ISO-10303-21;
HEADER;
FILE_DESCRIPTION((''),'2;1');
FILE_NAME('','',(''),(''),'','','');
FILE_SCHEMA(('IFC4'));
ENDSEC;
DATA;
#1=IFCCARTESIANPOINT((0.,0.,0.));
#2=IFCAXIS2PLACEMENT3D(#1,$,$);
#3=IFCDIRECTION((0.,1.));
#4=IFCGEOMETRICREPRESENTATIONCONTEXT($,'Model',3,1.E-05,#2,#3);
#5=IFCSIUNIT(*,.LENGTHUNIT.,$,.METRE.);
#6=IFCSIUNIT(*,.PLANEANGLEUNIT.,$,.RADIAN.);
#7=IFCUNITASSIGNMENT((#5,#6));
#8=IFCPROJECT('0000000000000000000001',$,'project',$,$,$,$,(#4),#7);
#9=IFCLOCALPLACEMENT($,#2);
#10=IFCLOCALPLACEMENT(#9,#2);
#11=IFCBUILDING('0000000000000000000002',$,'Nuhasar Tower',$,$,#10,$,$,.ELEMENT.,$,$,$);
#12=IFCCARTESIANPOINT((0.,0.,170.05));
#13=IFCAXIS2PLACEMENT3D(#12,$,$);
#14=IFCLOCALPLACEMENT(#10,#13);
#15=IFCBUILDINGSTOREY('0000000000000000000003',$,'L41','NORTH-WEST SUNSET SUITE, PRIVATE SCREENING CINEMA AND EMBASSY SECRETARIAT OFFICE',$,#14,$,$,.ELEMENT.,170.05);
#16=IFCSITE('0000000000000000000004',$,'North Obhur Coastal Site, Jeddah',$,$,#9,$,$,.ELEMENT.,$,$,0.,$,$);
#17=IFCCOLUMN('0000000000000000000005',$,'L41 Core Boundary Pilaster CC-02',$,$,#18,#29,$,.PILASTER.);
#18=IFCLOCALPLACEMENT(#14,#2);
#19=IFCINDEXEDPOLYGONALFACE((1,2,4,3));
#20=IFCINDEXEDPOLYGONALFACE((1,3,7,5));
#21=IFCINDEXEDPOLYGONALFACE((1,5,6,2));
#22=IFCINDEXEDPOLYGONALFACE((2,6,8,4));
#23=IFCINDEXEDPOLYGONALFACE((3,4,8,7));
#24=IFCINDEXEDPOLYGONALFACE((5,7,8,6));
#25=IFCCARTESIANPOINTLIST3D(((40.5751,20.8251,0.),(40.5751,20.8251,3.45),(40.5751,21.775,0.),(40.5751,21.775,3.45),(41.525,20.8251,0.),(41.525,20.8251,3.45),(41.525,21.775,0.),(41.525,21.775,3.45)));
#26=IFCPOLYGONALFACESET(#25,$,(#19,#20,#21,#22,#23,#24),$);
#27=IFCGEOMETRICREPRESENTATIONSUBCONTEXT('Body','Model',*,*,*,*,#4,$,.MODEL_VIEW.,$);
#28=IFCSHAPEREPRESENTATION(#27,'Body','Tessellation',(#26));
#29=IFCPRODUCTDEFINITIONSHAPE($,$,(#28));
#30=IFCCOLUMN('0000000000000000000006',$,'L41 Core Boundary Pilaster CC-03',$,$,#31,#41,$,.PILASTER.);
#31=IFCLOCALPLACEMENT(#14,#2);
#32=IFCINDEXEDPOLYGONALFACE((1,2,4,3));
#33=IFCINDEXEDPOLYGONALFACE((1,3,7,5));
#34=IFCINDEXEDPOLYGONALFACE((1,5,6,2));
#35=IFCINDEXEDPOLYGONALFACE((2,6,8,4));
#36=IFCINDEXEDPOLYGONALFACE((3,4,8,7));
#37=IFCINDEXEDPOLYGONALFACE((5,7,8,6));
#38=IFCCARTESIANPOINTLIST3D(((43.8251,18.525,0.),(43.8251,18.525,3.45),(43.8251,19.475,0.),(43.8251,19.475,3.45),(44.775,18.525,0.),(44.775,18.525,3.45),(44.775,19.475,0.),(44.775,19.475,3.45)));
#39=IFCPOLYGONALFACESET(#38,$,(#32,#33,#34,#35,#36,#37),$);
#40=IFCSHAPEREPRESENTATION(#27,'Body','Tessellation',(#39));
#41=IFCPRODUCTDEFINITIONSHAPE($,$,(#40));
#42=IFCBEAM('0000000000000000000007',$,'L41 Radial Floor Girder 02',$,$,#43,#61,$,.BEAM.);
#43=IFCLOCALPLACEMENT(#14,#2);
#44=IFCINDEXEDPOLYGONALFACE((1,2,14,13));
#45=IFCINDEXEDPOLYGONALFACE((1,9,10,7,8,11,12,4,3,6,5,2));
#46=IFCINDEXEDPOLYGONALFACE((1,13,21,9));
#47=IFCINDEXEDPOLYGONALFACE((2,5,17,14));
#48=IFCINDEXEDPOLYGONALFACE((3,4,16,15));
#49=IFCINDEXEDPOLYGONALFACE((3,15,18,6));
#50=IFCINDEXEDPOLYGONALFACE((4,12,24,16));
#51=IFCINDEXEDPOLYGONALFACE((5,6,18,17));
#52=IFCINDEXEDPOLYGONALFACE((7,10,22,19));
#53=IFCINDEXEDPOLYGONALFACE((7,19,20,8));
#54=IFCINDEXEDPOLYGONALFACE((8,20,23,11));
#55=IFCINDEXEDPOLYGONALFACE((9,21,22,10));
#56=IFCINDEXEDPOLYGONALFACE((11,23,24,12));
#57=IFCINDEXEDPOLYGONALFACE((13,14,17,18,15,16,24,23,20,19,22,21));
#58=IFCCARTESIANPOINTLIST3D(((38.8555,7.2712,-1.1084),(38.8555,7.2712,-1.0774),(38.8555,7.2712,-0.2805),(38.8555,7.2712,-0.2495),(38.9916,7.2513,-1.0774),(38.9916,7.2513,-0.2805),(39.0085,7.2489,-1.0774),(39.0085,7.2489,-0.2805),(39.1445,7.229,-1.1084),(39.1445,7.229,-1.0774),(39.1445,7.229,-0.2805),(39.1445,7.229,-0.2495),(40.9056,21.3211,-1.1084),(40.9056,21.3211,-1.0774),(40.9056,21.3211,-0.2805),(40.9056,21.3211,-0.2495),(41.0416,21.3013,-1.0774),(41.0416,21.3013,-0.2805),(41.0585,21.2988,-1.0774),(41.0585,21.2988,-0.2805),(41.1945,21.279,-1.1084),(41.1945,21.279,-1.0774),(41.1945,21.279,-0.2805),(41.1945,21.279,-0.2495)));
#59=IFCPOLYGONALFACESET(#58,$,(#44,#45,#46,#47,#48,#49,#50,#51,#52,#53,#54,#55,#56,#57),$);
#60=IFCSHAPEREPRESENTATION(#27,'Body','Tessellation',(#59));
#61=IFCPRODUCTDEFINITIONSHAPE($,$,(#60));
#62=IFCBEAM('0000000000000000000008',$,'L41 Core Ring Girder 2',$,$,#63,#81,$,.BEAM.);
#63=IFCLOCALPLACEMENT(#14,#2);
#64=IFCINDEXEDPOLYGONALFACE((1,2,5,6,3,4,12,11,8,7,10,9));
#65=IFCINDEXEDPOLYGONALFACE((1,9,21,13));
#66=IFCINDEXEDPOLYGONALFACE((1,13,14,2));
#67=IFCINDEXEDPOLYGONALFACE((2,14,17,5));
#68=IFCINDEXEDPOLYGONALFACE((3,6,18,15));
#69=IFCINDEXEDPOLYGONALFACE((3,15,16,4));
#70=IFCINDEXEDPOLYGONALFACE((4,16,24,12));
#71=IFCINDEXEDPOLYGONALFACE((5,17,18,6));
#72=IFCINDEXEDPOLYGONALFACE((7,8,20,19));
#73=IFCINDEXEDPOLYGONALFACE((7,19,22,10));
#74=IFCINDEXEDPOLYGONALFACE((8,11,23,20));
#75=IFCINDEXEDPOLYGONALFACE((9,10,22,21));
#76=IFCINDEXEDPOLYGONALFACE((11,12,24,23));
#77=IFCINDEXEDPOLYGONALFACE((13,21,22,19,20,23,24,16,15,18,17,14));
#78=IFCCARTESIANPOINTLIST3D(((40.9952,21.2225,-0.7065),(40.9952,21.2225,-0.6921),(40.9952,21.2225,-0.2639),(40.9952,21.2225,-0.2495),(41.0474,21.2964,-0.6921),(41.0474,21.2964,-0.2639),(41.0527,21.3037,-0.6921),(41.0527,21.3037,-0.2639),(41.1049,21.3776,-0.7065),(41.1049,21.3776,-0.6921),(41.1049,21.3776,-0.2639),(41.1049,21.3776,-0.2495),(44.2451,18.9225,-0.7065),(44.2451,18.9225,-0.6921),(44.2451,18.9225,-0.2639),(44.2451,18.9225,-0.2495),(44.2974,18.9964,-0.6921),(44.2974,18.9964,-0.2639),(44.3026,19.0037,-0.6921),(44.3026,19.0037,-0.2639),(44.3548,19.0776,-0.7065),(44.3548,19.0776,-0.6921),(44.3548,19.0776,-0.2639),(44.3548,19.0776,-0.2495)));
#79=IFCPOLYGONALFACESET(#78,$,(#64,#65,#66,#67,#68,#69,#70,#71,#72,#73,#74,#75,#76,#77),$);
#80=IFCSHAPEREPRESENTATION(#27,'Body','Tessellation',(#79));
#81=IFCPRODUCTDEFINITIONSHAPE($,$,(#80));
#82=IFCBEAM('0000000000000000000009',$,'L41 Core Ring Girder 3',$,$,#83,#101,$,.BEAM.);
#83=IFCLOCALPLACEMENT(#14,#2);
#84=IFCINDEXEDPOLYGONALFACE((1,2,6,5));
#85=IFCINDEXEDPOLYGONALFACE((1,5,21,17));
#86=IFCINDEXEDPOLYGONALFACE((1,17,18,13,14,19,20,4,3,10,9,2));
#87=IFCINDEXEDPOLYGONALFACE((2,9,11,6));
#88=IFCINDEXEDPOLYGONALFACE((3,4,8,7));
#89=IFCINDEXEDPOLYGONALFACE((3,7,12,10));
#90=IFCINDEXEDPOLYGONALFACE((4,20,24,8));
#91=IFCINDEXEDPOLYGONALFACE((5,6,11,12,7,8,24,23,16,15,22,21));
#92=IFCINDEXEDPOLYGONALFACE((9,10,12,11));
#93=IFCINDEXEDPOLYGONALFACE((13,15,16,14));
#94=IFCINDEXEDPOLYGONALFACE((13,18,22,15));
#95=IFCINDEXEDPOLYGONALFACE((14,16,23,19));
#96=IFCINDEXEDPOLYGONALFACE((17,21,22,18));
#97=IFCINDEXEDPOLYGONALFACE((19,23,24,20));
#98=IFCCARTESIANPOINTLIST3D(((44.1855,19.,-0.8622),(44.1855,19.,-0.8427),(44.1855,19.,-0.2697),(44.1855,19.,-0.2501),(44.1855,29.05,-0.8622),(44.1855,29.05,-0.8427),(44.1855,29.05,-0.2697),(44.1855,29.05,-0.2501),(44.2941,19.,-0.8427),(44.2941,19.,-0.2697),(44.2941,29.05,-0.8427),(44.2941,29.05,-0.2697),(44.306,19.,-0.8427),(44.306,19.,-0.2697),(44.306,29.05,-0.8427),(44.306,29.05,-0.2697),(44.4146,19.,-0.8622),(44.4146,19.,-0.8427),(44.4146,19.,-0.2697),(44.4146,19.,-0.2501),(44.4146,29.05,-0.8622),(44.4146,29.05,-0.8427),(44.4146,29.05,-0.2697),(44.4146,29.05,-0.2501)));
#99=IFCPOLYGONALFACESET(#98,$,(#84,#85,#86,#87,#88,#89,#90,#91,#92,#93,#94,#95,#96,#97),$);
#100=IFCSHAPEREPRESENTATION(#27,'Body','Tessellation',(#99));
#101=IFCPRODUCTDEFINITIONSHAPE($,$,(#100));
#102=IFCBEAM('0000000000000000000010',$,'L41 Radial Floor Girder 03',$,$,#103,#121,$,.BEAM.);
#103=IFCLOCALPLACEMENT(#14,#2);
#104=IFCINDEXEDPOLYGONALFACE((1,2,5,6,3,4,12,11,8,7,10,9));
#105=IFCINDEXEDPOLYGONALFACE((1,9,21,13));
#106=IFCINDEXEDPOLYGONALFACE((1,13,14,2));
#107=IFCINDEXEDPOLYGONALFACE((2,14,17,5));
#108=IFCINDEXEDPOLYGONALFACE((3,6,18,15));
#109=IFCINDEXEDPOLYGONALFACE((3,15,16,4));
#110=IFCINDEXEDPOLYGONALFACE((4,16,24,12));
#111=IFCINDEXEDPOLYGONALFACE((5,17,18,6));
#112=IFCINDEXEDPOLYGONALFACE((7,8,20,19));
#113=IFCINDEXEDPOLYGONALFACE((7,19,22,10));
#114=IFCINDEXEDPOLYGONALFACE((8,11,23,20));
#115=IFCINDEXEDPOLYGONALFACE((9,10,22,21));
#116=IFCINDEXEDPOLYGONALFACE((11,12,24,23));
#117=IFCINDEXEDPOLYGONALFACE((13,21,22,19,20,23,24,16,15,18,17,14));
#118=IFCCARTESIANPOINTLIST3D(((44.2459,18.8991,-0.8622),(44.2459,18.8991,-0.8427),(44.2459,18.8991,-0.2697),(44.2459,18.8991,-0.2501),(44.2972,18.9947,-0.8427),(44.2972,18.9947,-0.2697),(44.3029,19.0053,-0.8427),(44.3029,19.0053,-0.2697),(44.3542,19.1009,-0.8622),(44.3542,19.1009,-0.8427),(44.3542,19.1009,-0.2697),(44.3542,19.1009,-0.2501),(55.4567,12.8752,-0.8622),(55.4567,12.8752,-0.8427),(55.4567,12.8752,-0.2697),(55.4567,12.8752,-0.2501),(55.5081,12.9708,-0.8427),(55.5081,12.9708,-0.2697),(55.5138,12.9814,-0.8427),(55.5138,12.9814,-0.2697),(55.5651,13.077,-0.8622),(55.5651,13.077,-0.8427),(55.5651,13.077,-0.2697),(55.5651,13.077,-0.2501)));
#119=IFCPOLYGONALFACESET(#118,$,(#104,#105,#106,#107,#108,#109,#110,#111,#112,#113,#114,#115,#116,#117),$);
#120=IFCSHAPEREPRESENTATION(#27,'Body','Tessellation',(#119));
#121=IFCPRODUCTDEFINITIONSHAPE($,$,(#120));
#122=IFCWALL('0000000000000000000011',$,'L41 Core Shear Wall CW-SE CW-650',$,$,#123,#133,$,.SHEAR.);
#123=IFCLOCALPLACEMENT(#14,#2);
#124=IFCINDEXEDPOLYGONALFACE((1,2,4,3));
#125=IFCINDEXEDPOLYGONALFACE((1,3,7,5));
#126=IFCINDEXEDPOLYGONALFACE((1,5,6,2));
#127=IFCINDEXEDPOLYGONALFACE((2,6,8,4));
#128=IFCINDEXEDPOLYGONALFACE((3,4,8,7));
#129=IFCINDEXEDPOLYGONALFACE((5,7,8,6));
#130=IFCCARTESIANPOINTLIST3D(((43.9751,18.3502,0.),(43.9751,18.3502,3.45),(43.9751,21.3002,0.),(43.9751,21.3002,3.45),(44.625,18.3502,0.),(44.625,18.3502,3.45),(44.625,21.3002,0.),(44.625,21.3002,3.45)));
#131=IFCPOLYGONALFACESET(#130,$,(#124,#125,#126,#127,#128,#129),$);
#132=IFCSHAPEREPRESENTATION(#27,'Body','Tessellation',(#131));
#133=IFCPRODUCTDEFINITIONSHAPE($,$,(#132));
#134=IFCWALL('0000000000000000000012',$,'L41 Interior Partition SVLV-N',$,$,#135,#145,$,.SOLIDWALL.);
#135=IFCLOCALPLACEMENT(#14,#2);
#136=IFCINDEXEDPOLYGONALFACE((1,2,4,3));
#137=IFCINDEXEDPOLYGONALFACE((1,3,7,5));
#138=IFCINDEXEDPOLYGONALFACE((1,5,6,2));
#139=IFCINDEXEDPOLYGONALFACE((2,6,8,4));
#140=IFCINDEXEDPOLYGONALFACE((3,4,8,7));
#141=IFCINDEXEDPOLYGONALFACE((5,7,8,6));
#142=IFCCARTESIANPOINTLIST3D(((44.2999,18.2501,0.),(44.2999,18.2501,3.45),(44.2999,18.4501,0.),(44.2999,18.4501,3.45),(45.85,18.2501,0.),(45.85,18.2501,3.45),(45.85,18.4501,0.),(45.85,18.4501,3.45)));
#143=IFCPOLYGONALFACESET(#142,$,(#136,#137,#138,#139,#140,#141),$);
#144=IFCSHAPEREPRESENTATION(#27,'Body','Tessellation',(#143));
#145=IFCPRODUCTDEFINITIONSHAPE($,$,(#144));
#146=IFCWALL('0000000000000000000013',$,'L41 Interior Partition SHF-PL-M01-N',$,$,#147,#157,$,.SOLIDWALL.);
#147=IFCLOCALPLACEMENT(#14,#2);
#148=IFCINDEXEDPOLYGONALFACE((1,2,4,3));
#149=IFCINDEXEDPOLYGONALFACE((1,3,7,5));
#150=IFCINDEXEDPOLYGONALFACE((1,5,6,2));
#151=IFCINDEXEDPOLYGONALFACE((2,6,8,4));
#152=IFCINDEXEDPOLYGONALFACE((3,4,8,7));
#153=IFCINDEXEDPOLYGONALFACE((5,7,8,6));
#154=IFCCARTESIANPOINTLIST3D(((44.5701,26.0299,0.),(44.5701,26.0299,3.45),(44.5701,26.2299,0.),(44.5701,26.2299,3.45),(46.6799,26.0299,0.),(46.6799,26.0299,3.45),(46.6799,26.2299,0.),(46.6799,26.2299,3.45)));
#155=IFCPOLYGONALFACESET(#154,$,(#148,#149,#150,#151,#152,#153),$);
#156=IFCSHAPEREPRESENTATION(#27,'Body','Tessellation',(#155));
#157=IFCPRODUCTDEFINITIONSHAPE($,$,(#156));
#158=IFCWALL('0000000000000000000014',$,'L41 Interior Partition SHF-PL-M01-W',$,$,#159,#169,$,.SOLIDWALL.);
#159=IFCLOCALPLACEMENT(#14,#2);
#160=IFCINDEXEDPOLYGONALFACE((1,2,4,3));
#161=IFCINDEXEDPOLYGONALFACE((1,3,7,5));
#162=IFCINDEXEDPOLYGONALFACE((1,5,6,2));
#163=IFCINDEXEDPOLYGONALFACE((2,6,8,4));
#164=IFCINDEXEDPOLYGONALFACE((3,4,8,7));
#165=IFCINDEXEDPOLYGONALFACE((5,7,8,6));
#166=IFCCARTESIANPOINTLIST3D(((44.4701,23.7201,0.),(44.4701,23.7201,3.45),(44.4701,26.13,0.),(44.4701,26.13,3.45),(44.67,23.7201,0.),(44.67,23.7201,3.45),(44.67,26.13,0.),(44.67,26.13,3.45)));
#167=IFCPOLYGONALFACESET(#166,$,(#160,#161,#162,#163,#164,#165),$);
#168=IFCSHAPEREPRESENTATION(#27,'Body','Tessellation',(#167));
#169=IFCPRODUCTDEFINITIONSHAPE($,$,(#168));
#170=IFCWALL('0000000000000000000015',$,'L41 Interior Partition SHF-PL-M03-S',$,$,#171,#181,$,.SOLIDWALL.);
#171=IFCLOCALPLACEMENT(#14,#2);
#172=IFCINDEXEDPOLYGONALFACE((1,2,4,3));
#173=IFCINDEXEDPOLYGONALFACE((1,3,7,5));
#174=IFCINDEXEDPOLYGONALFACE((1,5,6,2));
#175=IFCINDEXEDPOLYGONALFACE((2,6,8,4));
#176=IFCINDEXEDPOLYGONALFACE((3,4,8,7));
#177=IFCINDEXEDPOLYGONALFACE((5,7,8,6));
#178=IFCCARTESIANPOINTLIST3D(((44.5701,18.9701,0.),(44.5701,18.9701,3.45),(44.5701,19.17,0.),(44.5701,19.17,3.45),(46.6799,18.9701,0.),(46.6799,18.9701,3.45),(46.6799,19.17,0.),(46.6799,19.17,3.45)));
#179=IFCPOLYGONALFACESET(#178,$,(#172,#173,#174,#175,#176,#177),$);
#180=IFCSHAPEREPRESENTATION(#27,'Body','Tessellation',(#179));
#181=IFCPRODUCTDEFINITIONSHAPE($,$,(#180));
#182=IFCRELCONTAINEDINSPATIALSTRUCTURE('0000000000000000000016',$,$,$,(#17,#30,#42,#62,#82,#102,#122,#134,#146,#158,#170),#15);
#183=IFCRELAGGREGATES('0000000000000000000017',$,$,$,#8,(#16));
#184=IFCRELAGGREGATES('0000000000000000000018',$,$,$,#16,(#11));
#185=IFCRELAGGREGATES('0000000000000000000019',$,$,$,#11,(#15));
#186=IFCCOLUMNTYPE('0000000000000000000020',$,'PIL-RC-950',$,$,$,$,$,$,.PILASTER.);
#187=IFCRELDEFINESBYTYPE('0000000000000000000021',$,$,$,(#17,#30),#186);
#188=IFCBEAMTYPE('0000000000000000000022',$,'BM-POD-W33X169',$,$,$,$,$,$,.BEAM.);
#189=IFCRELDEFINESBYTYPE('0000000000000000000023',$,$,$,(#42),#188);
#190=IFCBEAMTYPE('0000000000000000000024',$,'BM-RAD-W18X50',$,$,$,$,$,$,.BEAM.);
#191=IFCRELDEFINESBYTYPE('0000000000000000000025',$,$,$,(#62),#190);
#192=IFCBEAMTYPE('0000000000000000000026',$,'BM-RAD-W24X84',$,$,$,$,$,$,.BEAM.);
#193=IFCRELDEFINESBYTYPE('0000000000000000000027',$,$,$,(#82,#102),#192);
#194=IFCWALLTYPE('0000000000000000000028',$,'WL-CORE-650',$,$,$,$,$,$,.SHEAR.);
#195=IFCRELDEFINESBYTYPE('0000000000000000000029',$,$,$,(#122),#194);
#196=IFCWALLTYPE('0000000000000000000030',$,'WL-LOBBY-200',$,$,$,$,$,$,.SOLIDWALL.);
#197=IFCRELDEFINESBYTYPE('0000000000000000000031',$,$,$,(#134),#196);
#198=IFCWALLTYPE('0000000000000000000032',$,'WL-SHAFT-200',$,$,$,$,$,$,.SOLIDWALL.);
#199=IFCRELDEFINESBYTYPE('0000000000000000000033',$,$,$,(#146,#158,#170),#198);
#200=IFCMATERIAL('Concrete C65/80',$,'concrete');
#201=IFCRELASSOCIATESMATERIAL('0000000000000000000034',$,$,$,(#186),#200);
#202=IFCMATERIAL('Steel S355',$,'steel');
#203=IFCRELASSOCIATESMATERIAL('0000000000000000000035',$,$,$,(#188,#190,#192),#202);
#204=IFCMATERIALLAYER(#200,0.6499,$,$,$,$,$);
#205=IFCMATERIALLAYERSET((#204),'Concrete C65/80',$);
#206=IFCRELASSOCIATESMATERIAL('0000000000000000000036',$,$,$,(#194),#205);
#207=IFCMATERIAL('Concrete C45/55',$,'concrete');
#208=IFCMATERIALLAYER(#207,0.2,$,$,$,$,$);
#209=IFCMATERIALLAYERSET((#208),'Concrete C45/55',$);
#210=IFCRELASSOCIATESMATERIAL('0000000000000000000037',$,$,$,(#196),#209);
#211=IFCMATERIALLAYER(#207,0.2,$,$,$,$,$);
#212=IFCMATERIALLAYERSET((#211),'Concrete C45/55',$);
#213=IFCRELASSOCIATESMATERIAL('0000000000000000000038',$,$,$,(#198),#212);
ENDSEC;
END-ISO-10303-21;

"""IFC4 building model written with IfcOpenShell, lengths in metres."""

from ifc_helpers import new_model, si_unit, direction, frame, frame_2d, origin, origin_2d, place, context, subcontext, project, spatial, rectangle, i_section, extrude, material, layer, layer_set, material_profile, profile_set, type_object, element, save


model = new_model("IFC4")

# Units and contexts
model_context = context("Model", 3, precision=1e-05, world=origin(), true_north=direction((0.0, 1.0)))
body_context = subcontext(model_context, "Body", "Model", "MODEL_VIEW")
ifc_project = project(units=[si_unit("LENGTHUNIT", "METRE"), si_unit("PLANEANGLEUNIT", "RADIAN")], contexts=[model_context])

# Site, building, storey
site_placement = place(None, origin())
site = spatial("IfcSite", under=ifc_project, at=site_placement, Name="North Obhur Coastal Site, Jeddah", CompositionType="ELEMENT", RefElevation=0.0)
building_placement = place(site_placement, origin())
building = spatial("IfcBuilding", under=site, at=building_placement, Name="Nuhasar Tower", CompositionType="ELEMENT")
storey_placement = place(building_placement, frame((0.0, 0.0, 170.05)))
storey = spatial("IfcBuildingStorey", under=building, at=storey_placement, Name="L41", Description="NORTH-WEST SUNSET SUITE, PRIVATE SCREENING CINEMA AND EMBASSY SECRETARIAT OFFICE", CompositionType="ELEMENT", Elevation=170.05)

# Columns
ifc_material_1 = material(Name="Concrete C65/80", Category="concrete")
ifc_material_profile_1 = material_profile(ifc_material_1, rectangle(XDim=0.95, YDim=0.95, at=origin_2d()), Name="RC950X950")
ifc_profile_set_1 = profile_set([ifc_material_profile_1], Name="Concrete C65/80")
column_type = type_object("IfcColumnType", Name="PIL-RC-950", PredefinedType="PILASTER", material=ifc_profile_set_1)
for number, where, z_axis, x_axis, name in (
    (1, (41.05, 21.3, 0.0), (0.0, 0.0, 1.0), (1.0, 0.0, 0.0), "L41 Core Boundary Pilaster CC-02"),
    (2, (44.3, 19.0, 0.0), (0.0, 0.0, 1.0), (1.0, 0.0, 0.0), "L41 Core Boundary Pilaster CC-03"),
):
    element("IfcColumn", number, at=place(storey_placement, frame(where, z_axis=z_axis, x_axis=x_axis)), inside=storey, type_object=column_type, Name=name, PredefinedType="PILASTER", context=body_context, shape_type="SweptSolid", body=[
        extrude(rectangle(XDim=0.95, YDim=0.95, at=origin_2d()), origin(), (0.0, 0.0, 1.0), 3.45),
    ])

# Beams
ifc_material_2 = material(Name="Steel S355", Category="steel")
ifc_material_profile_2 = material_profile(ifc_material_2, i_section(OverallWidth=0.292, OverallDepth=0.8589, WebThickness=0.0171, FlangeThickness=0.031, at=origin_2d()), Name="W33X169")
ifc_profile_set_2 = profile_set([ifc_material_profile_2], Name="Steel S355")
beam_type_1 = type_object("IfcBeamType", Name="BM-POD-W33X169", PredefinedType="BEAM", material=ifc_profile_set_2)
beam_1_placement = place(storey_placement, frame((41.05, 21.3, -0.679), z_axis=(-0.144382, -0.989522, 0.0), x_axis=(0.989522, -0.144382, 0.0)))
element("IfcBeam", 3, at=beam_1_placement, inside=storey, type_object=beam_type_1, Name="L41 Radial Floor Girder 02", PredefinedType="BEAM", context=body_context, shape_type="SweptSolid", body=[
    extrude(i_section(OverallWidth=0.292, OverallDepth=0.8589, WebThickness=0.0171, FlangeThickness=0.031, at=origin_2d()), origin(), (0.0, 0.0, 1.0), 14.1987),
])
ifc_material_profile_3 = material_profile(ifc_material_2, i_section(OverallWidth=0.1899, OverallDepth=0.457, WebThickness=0.009, FlangeThickness=0.0144, at=origin_2d()), Name="W18X50")
ifc_profile_set_3 = profile_set([ifc_material_profile_3], Name="Steel S355")
beam_type_2 = type_object("IfcBeamType", Name="BM-RAD-W18X50", PredefinedType="BEAM", material=ifc_profile_set_3)
beam_2_placement = place(storey_placement, frame((41.05, 21.3, -0.478), z_axis=(0.816265, -0.577677, 0.0), x_axis=(0.577677, 0.816265, 0.0)))
element("IfcBeam", 4, at=beam_2_placement, inside=storey, type_object=beam_type_2, Name="L41 Core Ring Girder 2", PredefinedType="BEAM", context=body_context, shape_type="SweptSolid", body=[
    extrude(i_section(OverallWidth=0.1899, OverallDepth=0.457, WebThickness=0.009, FlangeThickness=0.0144, at=origin_2d()), origin(), (0.0, 0.0, 1.0), 3.9814),
])
ifc_material_profile_4 = material_profile(ifc_material_2, i_section(OverallWidth=0.229, OverallDepth=0.6121, WebThickness=0.012, FlangeThickness=0.0195, at=origin_2d()), Name="W24X84")
ifc_profile_set_4 = profile_set([ifc_material_profile_4], Name="Steel S355")
beam_type_3 = type_object("IfcBeamType", Name="BM-RAD-W24X84", PredefinedType="BEAM", material=ifc_profile_set_4)
beam_3_placement = place(storey_placement, frame((44.3, 19.0, -0.5562), z_axis=(0.0, 1.0, 0.0), x_axis=(-1.0, 0.0, 0.0)))
element("IfcBeam", 5, at=beam_3_placement, inside=storey, type_object=beam_type_3, Name="L41 Core Ring Girder 3", PredefinedType="BEAM", context=body_context, shape_type="SweptSolid", body=[
    extrude(i_section(OverallWidth=0.229, OverallDepth=0.6121, WebThickness=0.012, FlangeThickness=0.0195, at=origin_2d()), origin(), (0.0, 0.0, 1.0), 10.05),
])
beam_4_placement = place(storey_placement, frame((44.3, 19.0, -0.5562), z_axis=(0.880888, -0.473324, 0.0), x_axis=(0.473324, 0.880888, 0.0)))
element("IfcBeam", 6, at=beam_4_placement, inside=storey, type_object=beam_type_3, Name="L41 Radial Floor Girder 03", PredefinedType="BEAM", context=body_context, shape_type="SweptSolid", body=[
    extrude(i_section(OverallWidth=0.229, OverallDepth=0.6121, WebThickness=0.012, FlangeThickness=0.0195, at=origin_2d()), origin(), (0.0, 0.0, 1.0), 12.7268),
])

# Wall
ifc_layer_1 = layer(ifc_material_1, 0.6499)
ifc_layer_set_1 = layer_set([ifc_layer_1], Name="Concrete C65/80")
wall_type_1 = type_object("IfcWallType", Name="WL-CORE-650", PredefinedType="SHEAR", material=ifc_layer_set_1)
wall_1_placement = place(storey_placement, frame((44.3, 18.3501, 0.0), z_axis=(0.0, 0.0, 1.0), x_axis=(0.0, 1.0, 0.0)))
element("IfcWall", 7, at=wall_1_placement, inside=storey, type_object=wall_type_1, Name="L41 Core Shear Wall CW-SE CW-650", PredefinedType="SHEAR", context=body_context, shape_type="SweptSolid", body=[
    extrude(rectangle(XDim=2.95, YDim=0.6499, at=frame_2d((1.4751, 0.0))), origin(), (0.0, 0.0, 1.0), 3.45),
])

# Shared definitions
ifc_material_3 = material(Name="Concrete C45/55", Category="concrete")
ifc_layer_2 = layer(ifc_material_3, 0.2)
ifc_layer_set_2 = layer_set([ifc_layer_2], Name="Concrete C45/55")
wall_type_2 = type_object("IfcWallType", Name="WL-LOBBY-200", PredefinedType="SOLIDWALL", material=ifc_layer_set_2)

# Wall
wall_2_placement = place(storey_placement, frame((44.3, 18.3501, 0.0), z_axis=(0.0, 0.0, 1.0), x_axis=(1.0, 0.0, 0.0)))
element("IfcWall", 8, at=wall_2_placement, inside=storey, type_object=wall_type_2, Name="L41 Interior Partition SVLV-N", PredefinedType="SOLIDWALL", context=body_context, shape_type="SweptSolid", body=[
    extrude(rectangle(XDim=1.55, YDim=0.2, at=frame_2d((0.7749, 0.0))), origin(), (0.0, 0.0, 1.0), 3.45),
])

# Shared definitions
ifc_layer_3 = layer(ifc_material_3, 0.2)
ifc_layer_set_3 = layer_set([ifc_layer_3], Name="Concrete C45/55")
wall_type_3 = type_object("IfcWallType", Name="WL-SHAFT-200", PredefinedType="SOLIDWALL", material=ifc_layer_set_3)

# Walls
wall_3_placement = place(storey_placement, frame((44.5701, 26.1299, 0.0), z_axis=(0.0, 0.0, 1.0), x_axis=(1.0, 0.0, 0.0)))
element("IfcWall", 9, at=wall_3_placement, inside=storey, type_object=wall_type_3, Name="L41 Interior Partition SHF-PL-M01-N", PredefinedType="SOLIDWALL", context=body_context, shape_type="SweptSolid", body=[
    extrude(rectangle(XDim=2.1099, YDim=0.2, at=frame_2d((1.0549, 0.0))), origin(), (0.0, 0.0, 1.0), 3.45),
])
wall_4_placement = place(storey_placement, frame((44.5701, 23.72, 0.0), z_axis=(0.0, 0.0, 1.0), x_axis=(0.0, 1.0, 0.0)))
element("IfcWall", 10, at=wall_4_placement, inside=storey, type_object=wall_type_3, Name="L41 Interior Partition SHF-PL-M01-W", PredefinedType="SOLIDWALL", context=body_context, shape_type="SweptSolid", body=[
    extrude(rectangle(XDim=2.4099, YDim=0.2, at=frame_2d((1.2051, 0.0))), origin(), (0.0, 0.0, 1.0), 3.45),
])
wall_5_placement = place(storey_placement, frame((44.5701, 19.0701, 0.0), z_axis=(0.0, 0.0, 1.0), x_axis=(1.0, 0.0, 0.0)))
element("IfcWall", 11, at=wall_5_placement, inside=storey, type_object=wall_type_3, Name="L41 Interior Partition SHF-PL-M03-S", PredefinedType="SOLIDWALL", context=body_context, shape_type="SweptSolid", body=[
    extrude(rectangle(XDim=2.1099, YDim=0.2, at=frame_2d((1.0549, 0.0))), origin(), (0.0, 0.0, 1.0), 3.45),
])

save(model, "model.ifc")
